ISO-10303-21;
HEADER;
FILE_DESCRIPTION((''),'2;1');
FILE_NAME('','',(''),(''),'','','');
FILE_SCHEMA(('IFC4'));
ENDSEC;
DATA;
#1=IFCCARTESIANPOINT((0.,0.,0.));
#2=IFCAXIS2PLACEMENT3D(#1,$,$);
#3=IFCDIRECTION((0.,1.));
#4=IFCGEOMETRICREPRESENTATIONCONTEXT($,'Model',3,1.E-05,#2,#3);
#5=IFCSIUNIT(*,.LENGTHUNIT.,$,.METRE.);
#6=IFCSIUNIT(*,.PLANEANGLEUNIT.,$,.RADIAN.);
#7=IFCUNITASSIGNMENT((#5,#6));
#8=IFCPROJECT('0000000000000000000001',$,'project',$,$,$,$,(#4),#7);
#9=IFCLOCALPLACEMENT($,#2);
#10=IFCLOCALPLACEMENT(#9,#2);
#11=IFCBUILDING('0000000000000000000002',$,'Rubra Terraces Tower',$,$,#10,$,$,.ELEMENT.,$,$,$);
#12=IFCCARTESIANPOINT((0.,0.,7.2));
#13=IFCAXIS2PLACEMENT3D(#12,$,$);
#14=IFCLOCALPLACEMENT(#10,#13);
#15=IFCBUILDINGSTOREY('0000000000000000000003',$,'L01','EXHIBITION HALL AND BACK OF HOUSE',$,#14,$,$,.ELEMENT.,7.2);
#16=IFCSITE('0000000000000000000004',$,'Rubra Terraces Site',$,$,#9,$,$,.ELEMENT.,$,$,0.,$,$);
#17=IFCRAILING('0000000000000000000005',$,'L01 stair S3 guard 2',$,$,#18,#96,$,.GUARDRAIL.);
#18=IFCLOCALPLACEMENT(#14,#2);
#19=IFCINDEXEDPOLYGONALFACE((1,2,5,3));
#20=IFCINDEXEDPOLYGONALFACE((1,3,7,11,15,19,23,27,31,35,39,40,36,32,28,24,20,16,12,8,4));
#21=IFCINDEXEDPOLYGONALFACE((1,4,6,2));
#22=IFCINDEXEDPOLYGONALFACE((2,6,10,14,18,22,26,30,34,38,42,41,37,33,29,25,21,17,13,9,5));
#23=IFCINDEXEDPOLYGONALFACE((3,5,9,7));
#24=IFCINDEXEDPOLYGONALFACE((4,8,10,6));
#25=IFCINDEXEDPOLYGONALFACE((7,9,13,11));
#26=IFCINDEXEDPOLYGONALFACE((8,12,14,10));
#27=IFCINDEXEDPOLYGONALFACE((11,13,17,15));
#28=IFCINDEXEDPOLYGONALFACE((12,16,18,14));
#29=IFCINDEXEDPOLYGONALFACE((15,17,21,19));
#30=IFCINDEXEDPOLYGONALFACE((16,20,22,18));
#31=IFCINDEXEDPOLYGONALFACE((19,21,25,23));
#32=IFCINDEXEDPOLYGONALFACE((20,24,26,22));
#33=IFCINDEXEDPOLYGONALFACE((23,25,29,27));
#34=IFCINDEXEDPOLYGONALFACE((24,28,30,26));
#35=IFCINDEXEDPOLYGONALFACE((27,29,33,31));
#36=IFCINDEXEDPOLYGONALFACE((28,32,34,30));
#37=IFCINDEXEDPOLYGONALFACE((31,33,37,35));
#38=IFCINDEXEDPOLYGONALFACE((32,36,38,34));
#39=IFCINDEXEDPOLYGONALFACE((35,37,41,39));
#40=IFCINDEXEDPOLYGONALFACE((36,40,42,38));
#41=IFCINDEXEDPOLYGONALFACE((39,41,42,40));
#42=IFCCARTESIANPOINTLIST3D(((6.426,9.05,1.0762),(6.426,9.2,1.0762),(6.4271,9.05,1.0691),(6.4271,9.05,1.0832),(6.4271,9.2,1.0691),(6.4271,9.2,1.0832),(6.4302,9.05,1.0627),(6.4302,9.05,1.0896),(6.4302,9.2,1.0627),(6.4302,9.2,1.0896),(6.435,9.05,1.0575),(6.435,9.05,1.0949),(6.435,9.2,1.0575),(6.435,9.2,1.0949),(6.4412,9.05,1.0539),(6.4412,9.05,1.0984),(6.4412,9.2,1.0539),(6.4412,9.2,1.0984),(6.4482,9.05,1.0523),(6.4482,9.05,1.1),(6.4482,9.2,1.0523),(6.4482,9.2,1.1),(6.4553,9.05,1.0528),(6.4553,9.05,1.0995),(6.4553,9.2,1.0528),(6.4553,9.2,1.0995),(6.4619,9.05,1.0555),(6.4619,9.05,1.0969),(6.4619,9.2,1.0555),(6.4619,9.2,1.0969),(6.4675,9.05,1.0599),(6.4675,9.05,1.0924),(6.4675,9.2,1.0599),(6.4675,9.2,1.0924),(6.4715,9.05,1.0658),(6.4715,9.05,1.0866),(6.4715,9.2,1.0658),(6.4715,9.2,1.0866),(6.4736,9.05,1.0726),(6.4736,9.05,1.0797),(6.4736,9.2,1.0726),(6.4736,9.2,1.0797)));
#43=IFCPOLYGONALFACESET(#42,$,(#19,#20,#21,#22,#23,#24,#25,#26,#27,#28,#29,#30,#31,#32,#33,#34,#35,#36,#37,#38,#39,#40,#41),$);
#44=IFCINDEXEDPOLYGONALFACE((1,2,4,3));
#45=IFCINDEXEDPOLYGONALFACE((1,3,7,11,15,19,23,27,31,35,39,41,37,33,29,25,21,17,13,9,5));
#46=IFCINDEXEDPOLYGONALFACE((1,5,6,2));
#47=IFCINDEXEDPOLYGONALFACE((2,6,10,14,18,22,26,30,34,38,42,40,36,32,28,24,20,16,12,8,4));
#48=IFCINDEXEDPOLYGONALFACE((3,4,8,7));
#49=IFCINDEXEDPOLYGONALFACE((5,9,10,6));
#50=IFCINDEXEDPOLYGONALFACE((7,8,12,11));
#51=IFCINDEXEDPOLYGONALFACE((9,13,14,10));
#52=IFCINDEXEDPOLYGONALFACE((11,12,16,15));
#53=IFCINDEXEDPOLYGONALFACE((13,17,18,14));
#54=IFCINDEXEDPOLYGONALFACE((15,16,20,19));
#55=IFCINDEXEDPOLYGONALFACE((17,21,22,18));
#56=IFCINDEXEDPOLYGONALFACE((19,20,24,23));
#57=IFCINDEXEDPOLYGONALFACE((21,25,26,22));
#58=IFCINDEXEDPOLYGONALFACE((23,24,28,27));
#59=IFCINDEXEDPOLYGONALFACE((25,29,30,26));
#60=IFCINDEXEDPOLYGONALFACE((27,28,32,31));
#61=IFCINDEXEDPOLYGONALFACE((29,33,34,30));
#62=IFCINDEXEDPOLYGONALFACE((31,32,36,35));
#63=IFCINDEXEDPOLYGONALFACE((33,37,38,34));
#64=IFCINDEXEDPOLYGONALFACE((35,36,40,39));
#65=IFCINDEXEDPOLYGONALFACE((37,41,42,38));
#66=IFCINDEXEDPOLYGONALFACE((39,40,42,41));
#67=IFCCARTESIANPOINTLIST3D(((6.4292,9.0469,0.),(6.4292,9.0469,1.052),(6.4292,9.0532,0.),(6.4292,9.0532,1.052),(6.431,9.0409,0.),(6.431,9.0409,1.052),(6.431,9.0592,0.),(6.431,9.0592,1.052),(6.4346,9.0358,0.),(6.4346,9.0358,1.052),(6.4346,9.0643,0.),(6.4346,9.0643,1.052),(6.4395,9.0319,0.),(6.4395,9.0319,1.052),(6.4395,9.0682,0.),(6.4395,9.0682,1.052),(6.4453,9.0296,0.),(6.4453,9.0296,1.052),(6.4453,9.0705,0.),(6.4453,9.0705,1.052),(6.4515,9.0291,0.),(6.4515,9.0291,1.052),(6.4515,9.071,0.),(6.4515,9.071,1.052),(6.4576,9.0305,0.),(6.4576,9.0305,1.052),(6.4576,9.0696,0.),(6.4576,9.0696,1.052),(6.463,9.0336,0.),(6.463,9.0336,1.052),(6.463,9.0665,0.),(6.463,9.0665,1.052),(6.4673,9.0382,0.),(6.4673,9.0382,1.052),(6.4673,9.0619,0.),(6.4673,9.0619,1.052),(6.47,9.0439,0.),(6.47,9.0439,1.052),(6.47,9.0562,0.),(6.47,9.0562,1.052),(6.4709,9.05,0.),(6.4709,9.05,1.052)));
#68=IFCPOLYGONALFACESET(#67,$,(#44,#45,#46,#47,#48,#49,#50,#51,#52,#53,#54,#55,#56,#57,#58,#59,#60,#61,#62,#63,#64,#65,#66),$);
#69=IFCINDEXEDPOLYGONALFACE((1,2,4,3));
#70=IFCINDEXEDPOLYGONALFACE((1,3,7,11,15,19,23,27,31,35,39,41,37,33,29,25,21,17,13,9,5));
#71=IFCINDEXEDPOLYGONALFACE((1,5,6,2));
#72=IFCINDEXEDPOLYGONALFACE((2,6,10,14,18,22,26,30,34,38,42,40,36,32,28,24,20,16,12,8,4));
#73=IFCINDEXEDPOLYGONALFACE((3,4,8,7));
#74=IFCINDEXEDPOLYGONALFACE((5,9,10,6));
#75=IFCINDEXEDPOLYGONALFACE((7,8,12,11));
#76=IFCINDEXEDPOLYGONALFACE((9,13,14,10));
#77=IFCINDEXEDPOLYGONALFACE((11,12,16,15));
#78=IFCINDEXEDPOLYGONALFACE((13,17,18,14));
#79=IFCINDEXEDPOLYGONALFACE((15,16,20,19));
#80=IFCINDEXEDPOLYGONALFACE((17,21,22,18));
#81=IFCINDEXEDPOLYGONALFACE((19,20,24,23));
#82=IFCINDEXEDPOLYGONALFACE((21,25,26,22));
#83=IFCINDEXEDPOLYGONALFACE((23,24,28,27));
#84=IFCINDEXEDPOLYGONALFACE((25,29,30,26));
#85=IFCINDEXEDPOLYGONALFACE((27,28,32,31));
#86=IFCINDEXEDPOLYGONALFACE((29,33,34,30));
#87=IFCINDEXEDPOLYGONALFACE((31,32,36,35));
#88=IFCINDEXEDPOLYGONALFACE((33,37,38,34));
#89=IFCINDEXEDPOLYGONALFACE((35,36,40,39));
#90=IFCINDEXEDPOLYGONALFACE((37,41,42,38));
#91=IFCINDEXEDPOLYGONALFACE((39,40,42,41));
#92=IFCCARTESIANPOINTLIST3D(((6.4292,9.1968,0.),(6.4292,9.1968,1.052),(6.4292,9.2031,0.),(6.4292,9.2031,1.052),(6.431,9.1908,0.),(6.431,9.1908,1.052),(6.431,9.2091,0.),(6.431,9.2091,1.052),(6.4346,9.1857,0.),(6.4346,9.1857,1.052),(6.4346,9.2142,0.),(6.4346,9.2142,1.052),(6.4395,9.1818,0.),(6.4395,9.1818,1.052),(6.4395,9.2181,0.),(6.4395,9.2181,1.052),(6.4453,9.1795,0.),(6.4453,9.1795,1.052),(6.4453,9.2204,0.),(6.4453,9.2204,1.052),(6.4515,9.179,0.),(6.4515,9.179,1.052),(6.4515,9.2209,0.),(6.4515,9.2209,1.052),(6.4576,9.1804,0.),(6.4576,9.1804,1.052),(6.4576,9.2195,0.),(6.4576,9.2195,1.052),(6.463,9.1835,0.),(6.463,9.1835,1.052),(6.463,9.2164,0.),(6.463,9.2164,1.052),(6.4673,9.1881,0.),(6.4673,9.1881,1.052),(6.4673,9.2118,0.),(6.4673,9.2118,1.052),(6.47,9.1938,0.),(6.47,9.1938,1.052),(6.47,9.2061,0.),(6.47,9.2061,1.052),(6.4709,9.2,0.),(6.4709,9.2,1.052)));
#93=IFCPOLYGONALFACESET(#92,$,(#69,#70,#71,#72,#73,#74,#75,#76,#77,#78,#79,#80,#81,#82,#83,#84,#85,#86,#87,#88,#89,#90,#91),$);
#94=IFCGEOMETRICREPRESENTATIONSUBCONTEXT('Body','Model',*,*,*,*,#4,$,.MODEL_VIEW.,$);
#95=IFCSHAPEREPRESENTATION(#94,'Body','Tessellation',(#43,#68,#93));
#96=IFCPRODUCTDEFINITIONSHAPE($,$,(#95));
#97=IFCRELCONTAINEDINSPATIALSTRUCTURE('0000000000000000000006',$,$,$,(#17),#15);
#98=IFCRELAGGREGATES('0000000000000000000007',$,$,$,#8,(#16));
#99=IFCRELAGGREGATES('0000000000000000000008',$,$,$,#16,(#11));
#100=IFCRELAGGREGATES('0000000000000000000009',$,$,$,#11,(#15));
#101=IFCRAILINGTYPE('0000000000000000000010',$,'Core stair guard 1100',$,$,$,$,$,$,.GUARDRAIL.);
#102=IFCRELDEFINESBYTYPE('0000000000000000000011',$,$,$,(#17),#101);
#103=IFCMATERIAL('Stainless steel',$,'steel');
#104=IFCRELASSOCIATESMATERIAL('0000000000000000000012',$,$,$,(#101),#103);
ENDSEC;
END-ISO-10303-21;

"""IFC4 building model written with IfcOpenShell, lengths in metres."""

from ifc_helpers import new_model, si_unit, direction, frame, origin, origin_2d, place, context, subcontext, project, spatial, circle, extrude, material, type_object, element, save


model = new_model("IFC4")

# Units and contexts
model_context = context("Model", 3, precision=1e-05, world=origin(), true_north=direction((0.0, 1.0)))
body_context = subcontext(model_context, "Body", "Model", "MODEL_VIEW")
ifc_project = project(units=[si_unit("LENGTHUNIT", "METRE"), si_unit("PLANEANGLEUNIT", "RADIAN")], contexts=[model_context])

# Site, building, storey
site_placement = place(None, origin())
site = spatial("IfcSite", under=ifc_project, at=site_placement, Name="Rubra Terraces Site", CompositionType="ELEMENT", RefElevation=0.0)
building_placement = place(site_placement, origin())
building = spatial("IfcBuilding", under=site, at=building_placement, Name="Rubra Terraces Tower", CompositionType="ELEMENT")
storey_placement = place(building_placement, frame((0.0, 0.0, 7.2)))
storey = spatial("IfcBuildingStorey", under=building, at=storey_placement, Name="L01", Description="EXHIBITION HALL AND BACK OF HOUSE", CompositionType="ELEMENT", Elevation=7.2)

# Railing
ifc_material_1 = material(Name="Stainless steel", Category="steel")
railing_type_1 = type_object("IfcRailingType", Name="Core stair guard 1100", PredefinedType="GUARDRAIL", material=ifc_material_1)
railing_1_placement = place(storey_placement, frame((6.45, 9.05, 0.0)))
element("IfcRailing", 1, at=railing_1_placement, inside=storey, type_object=railing_type_1, Name="L01 stair S3 guard 2", PredefinedType="GUARDRAIL", context=body_context, shape_type="SweptSolid", body=[
    extrude(circle(Radius=0.0239, at=origin_2d()), frame((0.0, 0.0, 1.0762), z_axis=(0.0, 1.0, 0.0), x_axis=(-1.0, 0.0, 0.0)), (0.0, 0.0, 1.0), 0.1499),
    extrude(circle(Radius=0.021, at=origin_2d()), origin(), (0.0, 0.0, 1.0), 1.052),
    extrude(circle(Radius=0.021, at=origin_2d()), frame((0.0, 0.1499, 0.0)), (0.0, 0.0, 1.0), 1.052),
])

save(model, "model.ifc")
